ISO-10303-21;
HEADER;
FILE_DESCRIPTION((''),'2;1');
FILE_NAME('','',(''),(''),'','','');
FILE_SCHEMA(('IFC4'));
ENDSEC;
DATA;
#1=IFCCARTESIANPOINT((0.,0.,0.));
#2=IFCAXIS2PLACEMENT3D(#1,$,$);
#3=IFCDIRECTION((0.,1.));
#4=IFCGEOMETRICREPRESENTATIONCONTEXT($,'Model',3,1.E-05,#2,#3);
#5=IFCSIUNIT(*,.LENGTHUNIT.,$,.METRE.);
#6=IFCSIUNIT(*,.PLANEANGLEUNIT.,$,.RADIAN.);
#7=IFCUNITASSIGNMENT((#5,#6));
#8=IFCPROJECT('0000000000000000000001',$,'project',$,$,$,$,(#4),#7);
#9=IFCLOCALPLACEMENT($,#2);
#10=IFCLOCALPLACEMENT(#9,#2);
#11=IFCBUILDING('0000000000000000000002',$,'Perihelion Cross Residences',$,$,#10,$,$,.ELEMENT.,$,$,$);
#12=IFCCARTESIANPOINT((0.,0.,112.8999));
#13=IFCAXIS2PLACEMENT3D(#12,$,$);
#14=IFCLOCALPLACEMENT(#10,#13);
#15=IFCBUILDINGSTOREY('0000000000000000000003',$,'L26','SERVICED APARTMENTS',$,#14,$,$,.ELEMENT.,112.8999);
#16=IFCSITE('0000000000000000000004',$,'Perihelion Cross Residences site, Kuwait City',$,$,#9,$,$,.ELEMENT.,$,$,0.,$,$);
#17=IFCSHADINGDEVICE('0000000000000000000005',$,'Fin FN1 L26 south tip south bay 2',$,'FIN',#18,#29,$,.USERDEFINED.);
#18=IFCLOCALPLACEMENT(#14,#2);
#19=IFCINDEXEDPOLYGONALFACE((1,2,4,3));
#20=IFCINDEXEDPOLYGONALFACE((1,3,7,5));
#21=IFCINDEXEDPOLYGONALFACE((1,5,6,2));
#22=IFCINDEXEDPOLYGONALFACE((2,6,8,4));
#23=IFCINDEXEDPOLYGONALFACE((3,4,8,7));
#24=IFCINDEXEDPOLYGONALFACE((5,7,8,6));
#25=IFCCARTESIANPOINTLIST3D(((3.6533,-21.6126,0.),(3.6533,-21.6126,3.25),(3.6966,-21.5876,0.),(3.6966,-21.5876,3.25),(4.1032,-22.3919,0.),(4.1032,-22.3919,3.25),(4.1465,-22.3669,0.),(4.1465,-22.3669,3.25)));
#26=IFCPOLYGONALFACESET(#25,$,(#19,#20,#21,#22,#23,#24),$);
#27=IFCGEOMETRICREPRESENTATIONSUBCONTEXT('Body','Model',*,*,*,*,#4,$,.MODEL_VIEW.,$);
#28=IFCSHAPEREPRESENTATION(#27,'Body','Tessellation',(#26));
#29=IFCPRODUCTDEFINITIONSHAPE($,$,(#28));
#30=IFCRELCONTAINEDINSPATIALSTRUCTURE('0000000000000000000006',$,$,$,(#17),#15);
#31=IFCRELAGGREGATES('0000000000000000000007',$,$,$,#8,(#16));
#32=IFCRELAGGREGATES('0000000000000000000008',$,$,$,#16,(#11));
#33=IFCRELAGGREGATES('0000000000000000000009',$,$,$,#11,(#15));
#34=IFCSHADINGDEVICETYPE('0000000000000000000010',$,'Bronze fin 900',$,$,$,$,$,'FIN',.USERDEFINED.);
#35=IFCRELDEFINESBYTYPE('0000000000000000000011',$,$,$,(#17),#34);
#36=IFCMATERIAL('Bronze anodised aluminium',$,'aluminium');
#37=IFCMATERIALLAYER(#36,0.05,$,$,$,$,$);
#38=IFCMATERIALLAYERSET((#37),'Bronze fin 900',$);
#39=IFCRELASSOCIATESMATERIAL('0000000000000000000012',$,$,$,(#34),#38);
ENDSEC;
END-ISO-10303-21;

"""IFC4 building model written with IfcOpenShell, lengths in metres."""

from ifc_helpers import new_model, si_unit, direction, frame, origin, origin_2d, place, context, subcontext, project, spatial, rectangle, extrude, material, layer, layer_set, type_object, element, save


model = new_model("IFC4")

# Units and contexts
model_context = context("Model", 3, precision=1e-05, world=origin(), true_north=direction((0.0, 1.0)))
body_context = subcontext(model_context, "Body", "Model", "MODEL_VIEW")
ifc_project = project(units=[si_unit("LENGTHUNIT", "METRE"), si_unit("PLANEANGLEUNIT", "RADIAN")], contexts=[model_context])

# Site, building, storey
site_placement = place(None, origin())
site = spatial("IfcSite", under=ifc_project, at=site_placement, Name="Perihelion Cross Residences site, Kuwait City", CompositionType="ELEMENT", RefElevation=0.0)
building_placement = place(site_placement, origin())
building = spatial("IfcBuilding", under=site, at=building_placement, Name="Perihelion Cross Residences", CompositionType="ELEMENT")
storey_placement = place(building_placement, frame((0.0, 0.0, 112.8999)))
storey = spatial("IfcBuildingStorey", under=building, at=storey_placement, Name="L26", Description="SERVICED APARTMENTS", CompositionType="ELEMENT", Elevation=112.8999)

# Shading device
ifc_material_1 = material(Name="Bronze anodised aluminium", Category="aluminium")
ifc_layer_1 = layer(ifc_material_1, 0.05)
ifc_layer_set_1 = layer_set([ifc_layer_1], Name="Bronze fin 900")
shading_device_type = type_object("IfcShadingDeviceType", Name="Bronze fin 900", ElementType="FIN", PredefinedType="USERDEFINED", material=ifc_layer_set_1)
shading_device_placement = place(storey_placement, frame((3.8999, -21.9897, 0.0), z_axis=(0.0, 0.0, 1.0), x_axis=(0.5, -0.866025, 0.0)))
element("IfcShadingDevice", 1, at=shading_device_placement, inside=storey, type_object=shading_device_type, Name="Fin FN1 L26 south tip south bay 2", ObjectType="FIN", PredefinedType="USERDEFINED", context=body_context, shape_type="SweptSolid", body=[
    extrude(rectangle(XDim=0.8999, YDim=0.05, at=origin_2d()), origin(), (0.0, 0.0, 1.0), 3.25),
])

save(model, "model.ifc")
